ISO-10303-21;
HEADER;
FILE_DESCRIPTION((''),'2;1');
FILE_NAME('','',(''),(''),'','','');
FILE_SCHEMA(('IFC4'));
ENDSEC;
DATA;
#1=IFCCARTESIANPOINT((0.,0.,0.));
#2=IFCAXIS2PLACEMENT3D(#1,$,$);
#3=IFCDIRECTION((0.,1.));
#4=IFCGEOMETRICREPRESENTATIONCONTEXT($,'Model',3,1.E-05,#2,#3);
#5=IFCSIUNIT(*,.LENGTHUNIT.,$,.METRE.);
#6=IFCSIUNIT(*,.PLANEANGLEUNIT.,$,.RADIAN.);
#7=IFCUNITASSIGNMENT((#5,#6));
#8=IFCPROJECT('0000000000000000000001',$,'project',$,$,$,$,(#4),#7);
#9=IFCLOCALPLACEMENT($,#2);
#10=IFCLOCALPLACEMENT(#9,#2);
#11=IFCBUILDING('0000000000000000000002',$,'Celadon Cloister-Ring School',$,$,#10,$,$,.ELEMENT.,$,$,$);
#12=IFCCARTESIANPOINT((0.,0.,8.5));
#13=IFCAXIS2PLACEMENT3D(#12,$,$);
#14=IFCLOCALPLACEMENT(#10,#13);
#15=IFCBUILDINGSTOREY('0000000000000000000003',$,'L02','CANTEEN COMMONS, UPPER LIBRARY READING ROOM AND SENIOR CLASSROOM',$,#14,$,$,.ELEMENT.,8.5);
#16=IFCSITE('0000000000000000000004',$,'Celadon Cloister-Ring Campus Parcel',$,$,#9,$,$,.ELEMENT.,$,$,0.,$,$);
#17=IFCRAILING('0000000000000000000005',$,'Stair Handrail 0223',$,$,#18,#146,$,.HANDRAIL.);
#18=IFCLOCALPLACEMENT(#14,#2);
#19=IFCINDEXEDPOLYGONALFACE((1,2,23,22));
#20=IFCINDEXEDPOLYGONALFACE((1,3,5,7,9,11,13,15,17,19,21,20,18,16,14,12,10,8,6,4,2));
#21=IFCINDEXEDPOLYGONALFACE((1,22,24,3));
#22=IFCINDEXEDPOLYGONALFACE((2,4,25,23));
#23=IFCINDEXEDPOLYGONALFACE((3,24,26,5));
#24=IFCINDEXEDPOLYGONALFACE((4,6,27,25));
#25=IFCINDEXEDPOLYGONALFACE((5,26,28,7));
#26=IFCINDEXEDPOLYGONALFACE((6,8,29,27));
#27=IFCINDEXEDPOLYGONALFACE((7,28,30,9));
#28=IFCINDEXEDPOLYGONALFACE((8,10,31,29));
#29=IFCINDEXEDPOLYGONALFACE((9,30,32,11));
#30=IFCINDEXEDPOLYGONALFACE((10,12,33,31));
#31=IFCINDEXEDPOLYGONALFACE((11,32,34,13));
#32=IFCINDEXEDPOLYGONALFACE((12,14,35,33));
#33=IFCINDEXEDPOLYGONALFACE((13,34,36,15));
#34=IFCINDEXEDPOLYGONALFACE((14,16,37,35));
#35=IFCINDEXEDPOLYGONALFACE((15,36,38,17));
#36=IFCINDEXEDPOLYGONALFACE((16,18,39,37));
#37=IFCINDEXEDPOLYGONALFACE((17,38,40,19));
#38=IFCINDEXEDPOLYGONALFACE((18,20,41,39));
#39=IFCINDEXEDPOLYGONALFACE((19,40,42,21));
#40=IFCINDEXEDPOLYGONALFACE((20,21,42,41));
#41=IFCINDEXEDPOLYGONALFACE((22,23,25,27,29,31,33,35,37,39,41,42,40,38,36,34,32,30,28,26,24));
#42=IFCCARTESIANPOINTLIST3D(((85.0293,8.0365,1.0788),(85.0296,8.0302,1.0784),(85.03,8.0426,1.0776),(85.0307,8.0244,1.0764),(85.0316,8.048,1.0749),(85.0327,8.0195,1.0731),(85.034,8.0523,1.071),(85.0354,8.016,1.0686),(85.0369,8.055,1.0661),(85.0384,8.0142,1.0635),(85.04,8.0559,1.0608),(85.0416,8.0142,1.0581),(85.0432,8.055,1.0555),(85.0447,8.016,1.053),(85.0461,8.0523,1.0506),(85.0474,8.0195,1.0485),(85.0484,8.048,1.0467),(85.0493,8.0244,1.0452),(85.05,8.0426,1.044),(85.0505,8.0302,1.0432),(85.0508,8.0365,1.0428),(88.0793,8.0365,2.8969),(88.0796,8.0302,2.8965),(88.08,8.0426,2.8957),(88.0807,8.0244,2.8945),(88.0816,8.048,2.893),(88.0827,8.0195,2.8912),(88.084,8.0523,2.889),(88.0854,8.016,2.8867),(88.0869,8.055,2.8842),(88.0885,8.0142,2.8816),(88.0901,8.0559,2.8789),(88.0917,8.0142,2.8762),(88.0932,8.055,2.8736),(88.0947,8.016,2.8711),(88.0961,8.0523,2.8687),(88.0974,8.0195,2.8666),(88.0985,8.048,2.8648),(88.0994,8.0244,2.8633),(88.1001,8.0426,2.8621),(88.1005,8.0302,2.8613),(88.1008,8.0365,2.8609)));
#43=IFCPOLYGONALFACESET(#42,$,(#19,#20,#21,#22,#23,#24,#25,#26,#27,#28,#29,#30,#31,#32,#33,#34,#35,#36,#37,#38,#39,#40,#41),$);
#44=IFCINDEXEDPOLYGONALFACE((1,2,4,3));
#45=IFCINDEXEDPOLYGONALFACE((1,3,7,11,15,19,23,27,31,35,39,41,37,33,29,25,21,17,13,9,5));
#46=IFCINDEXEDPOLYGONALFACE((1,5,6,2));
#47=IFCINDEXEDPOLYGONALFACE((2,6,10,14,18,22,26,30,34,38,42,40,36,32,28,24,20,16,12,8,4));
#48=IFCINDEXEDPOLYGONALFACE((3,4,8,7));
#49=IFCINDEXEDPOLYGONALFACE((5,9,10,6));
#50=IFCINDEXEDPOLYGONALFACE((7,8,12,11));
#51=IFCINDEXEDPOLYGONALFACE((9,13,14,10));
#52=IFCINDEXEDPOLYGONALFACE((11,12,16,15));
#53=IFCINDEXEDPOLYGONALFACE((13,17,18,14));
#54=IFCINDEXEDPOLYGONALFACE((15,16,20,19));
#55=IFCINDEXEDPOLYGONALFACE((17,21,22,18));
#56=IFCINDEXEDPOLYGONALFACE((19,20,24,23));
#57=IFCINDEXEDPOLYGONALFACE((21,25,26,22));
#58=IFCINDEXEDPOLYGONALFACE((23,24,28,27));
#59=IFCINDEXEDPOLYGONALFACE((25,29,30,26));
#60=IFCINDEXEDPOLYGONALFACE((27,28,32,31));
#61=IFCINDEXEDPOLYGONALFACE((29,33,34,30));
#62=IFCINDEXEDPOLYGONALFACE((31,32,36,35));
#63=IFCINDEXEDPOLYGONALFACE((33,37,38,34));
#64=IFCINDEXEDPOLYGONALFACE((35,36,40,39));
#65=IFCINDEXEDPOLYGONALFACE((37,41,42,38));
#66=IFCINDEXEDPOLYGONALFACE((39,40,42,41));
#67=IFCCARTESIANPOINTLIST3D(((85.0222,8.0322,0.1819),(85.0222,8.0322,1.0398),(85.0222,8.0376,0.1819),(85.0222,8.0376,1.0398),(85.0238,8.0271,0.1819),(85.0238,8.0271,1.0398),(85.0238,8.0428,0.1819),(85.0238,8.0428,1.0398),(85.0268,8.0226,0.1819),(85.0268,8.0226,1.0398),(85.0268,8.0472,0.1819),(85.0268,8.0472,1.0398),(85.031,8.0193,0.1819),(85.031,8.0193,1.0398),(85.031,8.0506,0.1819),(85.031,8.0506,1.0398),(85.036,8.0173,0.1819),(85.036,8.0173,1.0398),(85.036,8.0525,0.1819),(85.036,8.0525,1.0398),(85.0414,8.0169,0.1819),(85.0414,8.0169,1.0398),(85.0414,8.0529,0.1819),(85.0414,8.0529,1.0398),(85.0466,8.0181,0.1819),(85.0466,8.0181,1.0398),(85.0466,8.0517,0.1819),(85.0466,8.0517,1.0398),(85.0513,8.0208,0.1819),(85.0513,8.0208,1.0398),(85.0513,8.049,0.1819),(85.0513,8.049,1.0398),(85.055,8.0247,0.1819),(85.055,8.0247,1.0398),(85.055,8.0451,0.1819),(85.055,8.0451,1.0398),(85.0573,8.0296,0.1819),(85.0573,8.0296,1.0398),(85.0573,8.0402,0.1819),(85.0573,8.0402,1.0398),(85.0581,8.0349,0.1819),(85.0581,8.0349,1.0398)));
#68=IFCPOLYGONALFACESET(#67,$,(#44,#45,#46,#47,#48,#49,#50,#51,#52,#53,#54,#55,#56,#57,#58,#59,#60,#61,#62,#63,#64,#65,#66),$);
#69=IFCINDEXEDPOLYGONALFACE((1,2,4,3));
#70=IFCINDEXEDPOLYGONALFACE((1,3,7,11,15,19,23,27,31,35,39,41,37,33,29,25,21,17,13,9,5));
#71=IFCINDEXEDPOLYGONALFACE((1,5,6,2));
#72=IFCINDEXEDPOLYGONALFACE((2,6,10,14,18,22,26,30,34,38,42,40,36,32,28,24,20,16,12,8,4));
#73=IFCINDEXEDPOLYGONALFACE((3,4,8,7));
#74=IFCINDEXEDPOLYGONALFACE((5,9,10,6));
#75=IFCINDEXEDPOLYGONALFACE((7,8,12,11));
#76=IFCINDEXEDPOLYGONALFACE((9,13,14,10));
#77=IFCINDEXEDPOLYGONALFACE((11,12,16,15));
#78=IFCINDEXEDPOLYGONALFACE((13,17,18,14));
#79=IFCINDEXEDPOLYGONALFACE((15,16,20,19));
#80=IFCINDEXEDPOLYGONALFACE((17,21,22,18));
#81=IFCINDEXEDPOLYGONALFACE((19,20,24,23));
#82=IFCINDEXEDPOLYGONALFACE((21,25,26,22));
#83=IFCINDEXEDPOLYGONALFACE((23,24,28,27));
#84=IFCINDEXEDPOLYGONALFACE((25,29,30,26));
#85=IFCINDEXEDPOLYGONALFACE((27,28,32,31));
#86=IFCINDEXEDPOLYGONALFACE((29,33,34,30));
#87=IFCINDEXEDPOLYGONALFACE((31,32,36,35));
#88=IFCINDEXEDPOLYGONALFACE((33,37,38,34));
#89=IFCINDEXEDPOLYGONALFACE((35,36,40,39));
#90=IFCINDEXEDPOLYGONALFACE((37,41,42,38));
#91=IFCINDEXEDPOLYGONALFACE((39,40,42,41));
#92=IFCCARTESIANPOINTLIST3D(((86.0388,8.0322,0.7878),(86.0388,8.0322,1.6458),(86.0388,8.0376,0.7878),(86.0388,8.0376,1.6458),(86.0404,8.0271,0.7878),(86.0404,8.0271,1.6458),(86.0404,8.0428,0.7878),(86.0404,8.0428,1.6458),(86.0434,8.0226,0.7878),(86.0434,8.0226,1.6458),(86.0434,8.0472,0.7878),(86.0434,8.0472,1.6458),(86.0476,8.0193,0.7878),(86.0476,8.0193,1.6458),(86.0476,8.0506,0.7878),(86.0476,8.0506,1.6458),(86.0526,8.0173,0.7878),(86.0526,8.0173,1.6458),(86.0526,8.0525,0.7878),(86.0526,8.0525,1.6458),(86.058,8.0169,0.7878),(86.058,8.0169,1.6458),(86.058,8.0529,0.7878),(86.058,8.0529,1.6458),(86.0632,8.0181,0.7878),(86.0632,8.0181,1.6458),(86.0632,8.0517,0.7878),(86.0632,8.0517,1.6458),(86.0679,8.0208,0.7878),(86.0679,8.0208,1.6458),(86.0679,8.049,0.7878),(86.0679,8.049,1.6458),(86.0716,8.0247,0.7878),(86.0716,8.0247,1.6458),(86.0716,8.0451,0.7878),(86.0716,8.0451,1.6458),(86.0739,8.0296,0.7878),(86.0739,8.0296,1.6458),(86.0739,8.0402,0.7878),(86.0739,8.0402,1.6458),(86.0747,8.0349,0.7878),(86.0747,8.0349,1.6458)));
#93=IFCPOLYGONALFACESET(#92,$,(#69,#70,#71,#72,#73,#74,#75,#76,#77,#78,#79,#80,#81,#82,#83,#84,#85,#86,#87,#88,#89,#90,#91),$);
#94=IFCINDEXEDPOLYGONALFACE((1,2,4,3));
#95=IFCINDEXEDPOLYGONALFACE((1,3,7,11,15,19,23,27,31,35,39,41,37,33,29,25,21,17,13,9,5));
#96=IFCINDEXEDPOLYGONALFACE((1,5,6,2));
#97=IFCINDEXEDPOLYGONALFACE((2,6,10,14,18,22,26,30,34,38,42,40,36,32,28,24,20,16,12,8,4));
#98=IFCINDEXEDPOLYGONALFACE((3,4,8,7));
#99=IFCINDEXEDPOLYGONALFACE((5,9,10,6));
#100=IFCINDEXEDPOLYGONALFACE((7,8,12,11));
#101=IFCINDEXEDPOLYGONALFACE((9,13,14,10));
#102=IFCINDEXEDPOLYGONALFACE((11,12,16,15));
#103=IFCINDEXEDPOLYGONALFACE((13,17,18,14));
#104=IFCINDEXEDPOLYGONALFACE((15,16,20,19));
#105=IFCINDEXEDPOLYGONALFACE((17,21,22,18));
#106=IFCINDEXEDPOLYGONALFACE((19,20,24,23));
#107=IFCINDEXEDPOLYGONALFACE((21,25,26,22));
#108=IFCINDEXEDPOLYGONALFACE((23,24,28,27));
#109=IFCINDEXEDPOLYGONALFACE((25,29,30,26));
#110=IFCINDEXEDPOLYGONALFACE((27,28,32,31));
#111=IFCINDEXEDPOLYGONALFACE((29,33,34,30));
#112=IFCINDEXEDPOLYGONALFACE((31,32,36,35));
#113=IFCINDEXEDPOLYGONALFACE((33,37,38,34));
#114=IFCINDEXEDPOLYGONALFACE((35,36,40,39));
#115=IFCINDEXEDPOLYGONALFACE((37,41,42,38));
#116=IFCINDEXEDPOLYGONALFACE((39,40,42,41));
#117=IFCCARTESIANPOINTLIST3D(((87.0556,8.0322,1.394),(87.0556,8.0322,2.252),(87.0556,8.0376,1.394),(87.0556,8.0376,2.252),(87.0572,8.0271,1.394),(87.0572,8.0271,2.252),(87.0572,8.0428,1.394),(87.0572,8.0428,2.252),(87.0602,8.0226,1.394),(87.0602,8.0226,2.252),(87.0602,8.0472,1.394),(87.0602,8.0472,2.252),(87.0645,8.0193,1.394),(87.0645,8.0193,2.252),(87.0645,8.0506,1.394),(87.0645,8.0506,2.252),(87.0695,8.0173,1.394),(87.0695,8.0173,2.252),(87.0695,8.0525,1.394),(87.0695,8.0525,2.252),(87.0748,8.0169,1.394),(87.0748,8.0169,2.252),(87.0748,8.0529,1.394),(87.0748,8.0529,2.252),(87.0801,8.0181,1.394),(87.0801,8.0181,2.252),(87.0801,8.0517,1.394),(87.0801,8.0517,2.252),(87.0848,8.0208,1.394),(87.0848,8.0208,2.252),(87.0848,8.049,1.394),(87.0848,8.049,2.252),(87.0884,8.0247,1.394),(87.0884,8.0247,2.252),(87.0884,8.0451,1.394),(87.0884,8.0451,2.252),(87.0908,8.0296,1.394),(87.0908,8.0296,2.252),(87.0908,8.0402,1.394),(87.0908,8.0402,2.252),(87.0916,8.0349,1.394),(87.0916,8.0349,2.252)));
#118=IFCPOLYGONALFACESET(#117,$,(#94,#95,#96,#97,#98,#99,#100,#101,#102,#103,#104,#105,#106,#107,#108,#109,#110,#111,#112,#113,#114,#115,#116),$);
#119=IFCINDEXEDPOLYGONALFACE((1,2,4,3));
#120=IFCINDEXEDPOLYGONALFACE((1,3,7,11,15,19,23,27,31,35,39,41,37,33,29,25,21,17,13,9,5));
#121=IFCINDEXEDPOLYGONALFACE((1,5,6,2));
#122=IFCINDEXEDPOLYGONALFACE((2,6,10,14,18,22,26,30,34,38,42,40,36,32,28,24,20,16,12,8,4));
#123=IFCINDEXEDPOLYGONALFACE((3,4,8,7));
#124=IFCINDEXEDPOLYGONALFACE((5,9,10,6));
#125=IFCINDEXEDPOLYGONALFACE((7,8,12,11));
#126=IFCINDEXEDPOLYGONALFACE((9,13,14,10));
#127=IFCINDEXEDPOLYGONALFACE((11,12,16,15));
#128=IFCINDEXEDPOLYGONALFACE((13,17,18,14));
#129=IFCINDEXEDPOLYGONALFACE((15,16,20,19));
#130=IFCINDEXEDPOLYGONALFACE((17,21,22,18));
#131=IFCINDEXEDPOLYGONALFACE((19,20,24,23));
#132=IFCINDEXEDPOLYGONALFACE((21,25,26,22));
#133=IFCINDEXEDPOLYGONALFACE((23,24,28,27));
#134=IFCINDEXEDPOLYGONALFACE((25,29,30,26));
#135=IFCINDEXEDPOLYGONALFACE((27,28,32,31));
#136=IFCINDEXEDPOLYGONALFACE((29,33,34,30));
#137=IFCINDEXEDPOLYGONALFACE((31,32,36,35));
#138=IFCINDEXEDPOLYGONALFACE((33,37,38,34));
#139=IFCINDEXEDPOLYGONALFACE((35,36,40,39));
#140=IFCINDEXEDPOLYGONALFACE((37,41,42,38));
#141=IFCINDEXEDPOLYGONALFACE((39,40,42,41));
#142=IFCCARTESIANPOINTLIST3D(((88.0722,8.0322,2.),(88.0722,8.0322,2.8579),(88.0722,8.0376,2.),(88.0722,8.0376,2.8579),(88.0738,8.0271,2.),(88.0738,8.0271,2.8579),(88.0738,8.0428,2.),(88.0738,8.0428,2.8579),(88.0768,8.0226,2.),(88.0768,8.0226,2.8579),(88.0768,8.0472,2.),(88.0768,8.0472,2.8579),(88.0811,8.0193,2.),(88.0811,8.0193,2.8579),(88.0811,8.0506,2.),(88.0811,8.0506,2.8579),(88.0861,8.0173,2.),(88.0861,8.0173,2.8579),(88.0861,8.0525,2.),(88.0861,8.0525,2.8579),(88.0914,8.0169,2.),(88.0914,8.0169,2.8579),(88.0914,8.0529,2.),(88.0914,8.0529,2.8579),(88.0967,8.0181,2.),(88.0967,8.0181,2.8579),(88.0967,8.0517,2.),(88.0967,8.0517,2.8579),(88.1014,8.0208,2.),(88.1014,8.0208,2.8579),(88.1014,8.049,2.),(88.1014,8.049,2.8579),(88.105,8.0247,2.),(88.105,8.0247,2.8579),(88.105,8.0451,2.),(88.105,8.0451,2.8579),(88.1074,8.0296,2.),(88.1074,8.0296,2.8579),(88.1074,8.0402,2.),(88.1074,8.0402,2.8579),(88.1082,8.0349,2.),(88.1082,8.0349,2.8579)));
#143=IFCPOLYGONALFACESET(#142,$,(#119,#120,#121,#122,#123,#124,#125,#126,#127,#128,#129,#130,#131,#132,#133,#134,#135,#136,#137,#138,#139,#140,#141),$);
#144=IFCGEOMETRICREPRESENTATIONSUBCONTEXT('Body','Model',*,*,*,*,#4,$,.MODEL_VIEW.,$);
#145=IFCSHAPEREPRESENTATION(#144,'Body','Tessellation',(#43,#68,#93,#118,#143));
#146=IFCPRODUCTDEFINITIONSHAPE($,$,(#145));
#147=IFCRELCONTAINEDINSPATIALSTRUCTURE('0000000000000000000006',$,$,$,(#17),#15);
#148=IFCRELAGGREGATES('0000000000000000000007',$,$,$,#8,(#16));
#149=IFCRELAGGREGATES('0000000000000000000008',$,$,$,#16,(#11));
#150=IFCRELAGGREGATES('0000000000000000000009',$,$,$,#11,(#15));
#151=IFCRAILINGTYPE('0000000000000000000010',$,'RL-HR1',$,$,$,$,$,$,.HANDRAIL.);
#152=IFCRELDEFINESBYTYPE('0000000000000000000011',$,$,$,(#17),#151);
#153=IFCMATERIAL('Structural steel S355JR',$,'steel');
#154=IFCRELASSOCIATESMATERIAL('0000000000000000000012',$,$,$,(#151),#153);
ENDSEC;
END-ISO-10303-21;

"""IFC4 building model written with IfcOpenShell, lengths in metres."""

from ifc_helpers import new_model, si_unit, direction, frame, origin, origin_2d, place, context, subcontext, project, spatial, circle, extrude, material, type_object, element, save


model = new_model("IFC4")

# Units and contexts
model_context = context("Model", 3, precision=1e-05, world=origin(), true_north=direction((0.0, 1.0)))
body_context = subcontext(model_context, "Body", "Model", "MODEL_VIEW")
ifc_project = project(units=[si_unit("LENGTHUNIT", "METRE"), si_unit("PLANEANGLEUNIT", "RADIAN")], contexts=[model_context])

# Site, building, storey
site_placement = place(None, origin())
site = spatial("IfcSite", under=ifc_project, at=site_placement, Name="Celadon Cloister-Ring Campus Parcel", CompositionType="ELEMENT", RefElevation=0.0)
building_placement = place(site_placement, origin())
building = spatial("IfcBuilding", under=site, at=building_placement, Name="Celadon Cloister-Ring School", CompositionType="ELEMENT")
storey_placement = place(building_placement, frame((0.0, 0.0, 8.5)))
storey = spatial("IfcBuildingStorey", under=building, at=storey_placement, Name="L02", Description="CANTEEN COMMONS, UPPER LIBRARY READING ROOM AND SENIOR CLASSROOM", CompositionType="ELEMENT", Elevation=8.5)

# Railing
ifc_material_1 = material(Name="Structural steel S355JR", Category="steel")
railing_type_1 = type_object("IfcRailingType", Name="RL-HR1", PredefinedType="HANDRAIL", material=ifc_material_1)
for number, where, name in (
    (1, (85.04, 8.0349, 0.1819), "Stair Handrail 0223"),
):
    element("IfcRailing", number, at=place(storey_placement, frame(where)), inside=storey, type_object=railing_type_1, Name=name, PredefinedType="HANDRAIL", context=body_context, shape_type="SweptSolid", body=[
        extrude(circle(Radius=0.021, at=origin_2d()), frame((0.0, 0.0, 0.8789), z_axis=(0.85897, 0.0, 0.512026), x_axis=(0.0, 1.0, 0.0)), (0.0, 0.0, 1.0), 3.5508),
        extrude(circle(Radius=0.0181, at=origin_2d()), origin(), (0.0, 0.0, 1.0), 0.8579),
        extrude(circle(Radius=0.0181, at=origin_2d()), frame((1.0166, 0.0, 0.606)), (0.0, 0.0, 1.0), 0.8579),
        extrude(circle(Radius=0.0181, at=origin_2d()), frame((2.0334, 0.0, 1.2122)), (0.0, 0.0, 1.0), 0.8579),
        extrude(circle(Radius=0.0181, at=origin_2d()), frame((3.05, 0.0, 1.8181)), (0.0, 0.0, 1.0), 0.8579),
    ])

save(model, "model.ifc")
